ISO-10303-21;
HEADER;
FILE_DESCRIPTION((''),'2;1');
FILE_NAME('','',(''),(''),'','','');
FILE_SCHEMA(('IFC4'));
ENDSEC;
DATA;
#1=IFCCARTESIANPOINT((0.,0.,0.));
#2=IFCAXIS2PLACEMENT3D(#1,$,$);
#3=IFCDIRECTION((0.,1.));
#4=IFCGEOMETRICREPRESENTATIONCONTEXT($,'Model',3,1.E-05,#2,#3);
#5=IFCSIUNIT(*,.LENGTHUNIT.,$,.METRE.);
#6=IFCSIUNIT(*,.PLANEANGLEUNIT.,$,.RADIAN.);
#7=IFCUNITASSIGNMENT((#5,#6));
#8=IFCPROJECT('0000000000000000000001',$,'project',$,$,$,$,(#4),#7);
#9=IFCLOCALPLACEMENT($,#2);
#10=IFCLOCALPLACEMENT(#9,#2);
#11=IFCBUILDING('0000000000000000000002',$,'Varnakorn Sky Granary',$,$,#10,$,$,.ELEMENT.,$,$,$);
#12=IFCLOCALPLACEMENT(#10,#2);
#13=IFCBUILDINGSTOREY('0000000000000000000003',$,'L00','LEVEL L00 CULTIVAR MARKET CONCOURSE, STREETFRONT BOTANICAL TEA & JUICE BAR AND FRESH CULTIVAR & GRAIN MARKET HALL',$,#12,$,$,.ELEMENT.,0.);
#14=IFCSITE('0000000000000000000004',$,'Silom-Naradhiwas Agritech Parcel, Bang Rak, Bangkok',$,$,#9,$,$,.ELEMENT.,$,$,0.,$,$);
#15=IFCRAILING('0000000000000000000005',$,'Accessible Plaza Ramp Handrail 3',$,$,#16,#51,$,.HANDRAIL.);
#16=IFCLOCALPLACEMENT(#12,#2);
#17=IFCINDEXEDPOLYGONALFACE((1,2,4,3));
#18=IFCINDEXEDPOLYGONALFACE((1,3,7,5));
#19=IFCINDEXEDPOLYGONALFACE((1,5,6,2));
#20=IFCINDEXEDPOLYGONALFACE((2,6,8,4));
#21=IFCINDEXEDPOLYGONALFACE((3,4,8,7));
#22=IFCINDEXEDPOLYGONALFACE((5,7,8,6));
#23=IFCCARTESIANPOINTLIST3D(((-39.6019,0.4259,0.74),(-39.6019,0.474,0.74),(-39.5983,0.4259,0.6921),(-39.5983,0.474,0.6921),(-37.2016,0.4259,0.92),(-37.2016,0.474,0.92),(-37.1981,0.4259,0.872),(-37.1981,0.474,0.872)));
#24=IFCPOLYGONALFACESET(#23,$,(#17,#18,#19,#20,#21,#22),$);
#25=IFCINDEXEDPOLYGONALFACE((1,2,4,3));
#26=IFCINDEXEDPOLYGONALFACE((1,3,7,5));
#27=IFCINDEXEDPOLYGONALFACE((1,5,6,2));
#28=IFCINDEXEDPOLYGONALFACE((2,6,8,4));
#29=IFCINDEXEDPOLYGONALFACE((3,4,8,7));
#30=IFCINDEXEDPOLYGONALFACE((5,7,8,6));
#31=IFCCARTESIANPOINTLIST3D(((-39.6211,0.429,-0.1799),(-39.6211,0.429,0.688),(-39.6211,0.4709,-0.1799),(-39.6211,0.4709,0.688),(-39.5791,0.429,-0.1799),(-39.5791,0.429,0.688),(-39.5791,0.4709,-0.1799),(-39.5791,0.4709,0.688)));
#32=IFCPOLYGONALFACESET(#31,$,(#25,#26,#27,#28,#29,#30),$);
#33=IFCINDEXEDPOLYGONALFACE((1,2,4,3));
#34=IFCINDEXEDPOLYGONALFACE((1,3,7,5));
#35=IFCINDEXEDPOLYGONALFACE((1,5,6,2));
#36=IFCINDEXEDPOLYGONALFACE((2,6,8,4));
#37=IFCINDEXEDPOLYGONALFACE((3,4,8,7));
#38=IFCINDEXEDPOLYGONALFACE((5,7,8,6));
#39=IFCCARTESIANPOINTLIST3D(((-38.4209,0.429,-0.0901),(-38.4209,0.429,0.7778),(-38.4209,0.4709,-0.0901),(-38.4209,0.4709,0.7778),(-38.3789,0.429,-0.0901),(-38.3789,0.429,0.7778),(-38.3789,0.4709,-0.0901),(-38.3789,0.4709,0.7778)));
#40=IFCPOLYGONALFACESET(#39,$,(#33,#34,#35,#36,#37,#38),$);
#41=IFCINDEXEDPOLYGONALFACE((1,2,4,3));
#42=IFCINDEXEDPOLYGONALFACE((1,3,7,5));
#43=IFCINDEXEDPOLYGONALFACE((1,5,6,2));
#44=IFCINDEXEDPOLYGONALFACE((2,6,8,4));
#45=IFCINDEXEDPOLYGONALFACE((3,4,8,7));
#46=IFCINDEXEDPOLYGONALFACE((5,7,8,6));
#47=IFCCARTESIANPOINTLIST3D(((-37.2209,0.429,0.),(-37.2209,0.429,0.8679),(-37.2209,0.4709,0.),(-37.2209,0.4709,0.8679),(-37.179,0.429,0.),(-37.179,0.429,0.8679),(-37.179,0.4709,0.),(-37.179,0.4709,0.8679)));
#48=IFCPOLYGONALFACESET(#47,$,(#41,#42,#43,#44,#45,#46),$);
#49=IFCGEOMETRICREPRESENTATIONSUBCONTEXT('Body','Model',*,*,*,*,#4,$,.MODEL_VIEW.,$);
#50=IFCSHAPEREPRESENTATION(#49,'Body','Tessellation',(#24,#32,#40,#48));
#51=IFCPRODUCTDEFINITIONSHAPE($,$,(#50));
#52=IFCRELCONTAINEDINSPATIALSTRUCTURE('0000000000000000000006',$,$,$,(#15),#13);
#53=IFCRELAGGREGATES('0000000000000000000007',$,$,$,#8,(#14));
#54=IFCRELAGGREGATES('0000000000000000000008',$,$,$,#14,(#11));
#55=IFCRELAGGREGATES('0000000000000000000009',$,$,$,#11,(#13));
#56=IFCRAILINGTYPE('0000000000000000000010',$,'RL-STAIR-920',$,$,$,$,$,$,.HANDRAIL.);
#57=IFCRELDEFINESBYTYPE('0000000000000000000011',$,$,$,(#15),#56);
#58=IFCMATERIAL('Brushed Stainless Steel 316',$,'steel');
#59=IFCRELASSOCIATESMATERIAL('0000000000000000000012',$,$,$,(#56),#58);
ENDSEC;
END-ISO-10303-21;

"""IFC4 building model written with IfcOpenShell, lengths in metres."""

from ifc_helpers import new_model, si_unit, direction, frame, origin, origin_2d, place, context, subcontext, project, spatial, rectangle, extrude, material, type_object, element, save


model = new_model("IFC4")

# Units and contexts
model_context = context("Model", 3, precision=1e-05, world=origin(), true_north=direction((0.0, 1.0)))
body_context = subcontext(model_context, "Body", "Model", "MODEL_VIEW")
ifc_project = project(units=[si_unit("LENGTHUNIT", "METRE"), si_unit("PLANEANGLEUNIT", "RADIAN")], contexts=[model_context])

# Site, building, storey
site_placement = place(None, origin())
site = spatial("IfcSite", under=ifc_project, at=site_placement, Name="Silom-Naradhiwas Agritech Parcel, Bang Rak, Bangkok", CompositionType="ELEMENT", RefElevation=0.0)
building_placement = place(site_placement, origin())
building = spatial("IfcBuilding", under=site, at=building_placement, Name="Varnakorn Sky Granary", CompositionType="ELEMENT")
storey_placement = place(building_placement, origin())
storey = spatial("IfcBuildingStorey", under=building, at=storey_placement, Name="L00", Description="LEVEL L00 CULTIVAR MARKET CONCOURSE, STREETFRONT BOTANICAL TEA & JUICE BAR AND FRESH CULTIVAR & GRAIN MARKET HALL", CompositionType="ELEMENT", Elevation=0.0)

# Railing
ifc_material_1 = material(Name="Brushed Stainless Steel 316", Category="steel")
railing_type = type_object("IfcRailingType", Name="RL-STAIR-920", PredefinedType="HANDRAIL", material=ifc_material_1)
for number, where, name in (
    (1, (-39.6001, 0.45, -0.1799), "Accessible Plaza Ramp Handrail 3"),
):
    element("IfcRailing", number, at=place(storey_placement, frame(where)), inside=storey, type_object=railing_type, Name=name, PredefinedType="HANDRAIL", context=body_context, shape_type="SweptSolid", body=[
        extrude(rectangle(XDim=0.0481, YDim=0.0481, at=origin_2d()), frame((0.0, 0.0, 0.896), z_axis=(0.997202, 0.0, 0.074757), x_axis=(0.0, 1.0, 0.0)), (0.0, 0.0, 1.0), 2.407),
        extrude(rectangle(XDim=0.042, YDim=0.042, at=origin_2d()), origin(), (0.0, 0.0, 1.0), 0.8679),
        extrude(rectangle(XDim=0.042, YDim=0.042, at=origin_2d()), frame((1.2002, 0.0, 0.0898)), (0.0, 0.0, 1.0), 0.8679),
        extrude(rectangle(XDim=0.042, YDim=0.042, at=origin_2d()), frame((2.4001, 0.0, 0.1799)), (0.0, 0.0, 1.0), 0.8679),
    ])

save(model, "model.ifc")
